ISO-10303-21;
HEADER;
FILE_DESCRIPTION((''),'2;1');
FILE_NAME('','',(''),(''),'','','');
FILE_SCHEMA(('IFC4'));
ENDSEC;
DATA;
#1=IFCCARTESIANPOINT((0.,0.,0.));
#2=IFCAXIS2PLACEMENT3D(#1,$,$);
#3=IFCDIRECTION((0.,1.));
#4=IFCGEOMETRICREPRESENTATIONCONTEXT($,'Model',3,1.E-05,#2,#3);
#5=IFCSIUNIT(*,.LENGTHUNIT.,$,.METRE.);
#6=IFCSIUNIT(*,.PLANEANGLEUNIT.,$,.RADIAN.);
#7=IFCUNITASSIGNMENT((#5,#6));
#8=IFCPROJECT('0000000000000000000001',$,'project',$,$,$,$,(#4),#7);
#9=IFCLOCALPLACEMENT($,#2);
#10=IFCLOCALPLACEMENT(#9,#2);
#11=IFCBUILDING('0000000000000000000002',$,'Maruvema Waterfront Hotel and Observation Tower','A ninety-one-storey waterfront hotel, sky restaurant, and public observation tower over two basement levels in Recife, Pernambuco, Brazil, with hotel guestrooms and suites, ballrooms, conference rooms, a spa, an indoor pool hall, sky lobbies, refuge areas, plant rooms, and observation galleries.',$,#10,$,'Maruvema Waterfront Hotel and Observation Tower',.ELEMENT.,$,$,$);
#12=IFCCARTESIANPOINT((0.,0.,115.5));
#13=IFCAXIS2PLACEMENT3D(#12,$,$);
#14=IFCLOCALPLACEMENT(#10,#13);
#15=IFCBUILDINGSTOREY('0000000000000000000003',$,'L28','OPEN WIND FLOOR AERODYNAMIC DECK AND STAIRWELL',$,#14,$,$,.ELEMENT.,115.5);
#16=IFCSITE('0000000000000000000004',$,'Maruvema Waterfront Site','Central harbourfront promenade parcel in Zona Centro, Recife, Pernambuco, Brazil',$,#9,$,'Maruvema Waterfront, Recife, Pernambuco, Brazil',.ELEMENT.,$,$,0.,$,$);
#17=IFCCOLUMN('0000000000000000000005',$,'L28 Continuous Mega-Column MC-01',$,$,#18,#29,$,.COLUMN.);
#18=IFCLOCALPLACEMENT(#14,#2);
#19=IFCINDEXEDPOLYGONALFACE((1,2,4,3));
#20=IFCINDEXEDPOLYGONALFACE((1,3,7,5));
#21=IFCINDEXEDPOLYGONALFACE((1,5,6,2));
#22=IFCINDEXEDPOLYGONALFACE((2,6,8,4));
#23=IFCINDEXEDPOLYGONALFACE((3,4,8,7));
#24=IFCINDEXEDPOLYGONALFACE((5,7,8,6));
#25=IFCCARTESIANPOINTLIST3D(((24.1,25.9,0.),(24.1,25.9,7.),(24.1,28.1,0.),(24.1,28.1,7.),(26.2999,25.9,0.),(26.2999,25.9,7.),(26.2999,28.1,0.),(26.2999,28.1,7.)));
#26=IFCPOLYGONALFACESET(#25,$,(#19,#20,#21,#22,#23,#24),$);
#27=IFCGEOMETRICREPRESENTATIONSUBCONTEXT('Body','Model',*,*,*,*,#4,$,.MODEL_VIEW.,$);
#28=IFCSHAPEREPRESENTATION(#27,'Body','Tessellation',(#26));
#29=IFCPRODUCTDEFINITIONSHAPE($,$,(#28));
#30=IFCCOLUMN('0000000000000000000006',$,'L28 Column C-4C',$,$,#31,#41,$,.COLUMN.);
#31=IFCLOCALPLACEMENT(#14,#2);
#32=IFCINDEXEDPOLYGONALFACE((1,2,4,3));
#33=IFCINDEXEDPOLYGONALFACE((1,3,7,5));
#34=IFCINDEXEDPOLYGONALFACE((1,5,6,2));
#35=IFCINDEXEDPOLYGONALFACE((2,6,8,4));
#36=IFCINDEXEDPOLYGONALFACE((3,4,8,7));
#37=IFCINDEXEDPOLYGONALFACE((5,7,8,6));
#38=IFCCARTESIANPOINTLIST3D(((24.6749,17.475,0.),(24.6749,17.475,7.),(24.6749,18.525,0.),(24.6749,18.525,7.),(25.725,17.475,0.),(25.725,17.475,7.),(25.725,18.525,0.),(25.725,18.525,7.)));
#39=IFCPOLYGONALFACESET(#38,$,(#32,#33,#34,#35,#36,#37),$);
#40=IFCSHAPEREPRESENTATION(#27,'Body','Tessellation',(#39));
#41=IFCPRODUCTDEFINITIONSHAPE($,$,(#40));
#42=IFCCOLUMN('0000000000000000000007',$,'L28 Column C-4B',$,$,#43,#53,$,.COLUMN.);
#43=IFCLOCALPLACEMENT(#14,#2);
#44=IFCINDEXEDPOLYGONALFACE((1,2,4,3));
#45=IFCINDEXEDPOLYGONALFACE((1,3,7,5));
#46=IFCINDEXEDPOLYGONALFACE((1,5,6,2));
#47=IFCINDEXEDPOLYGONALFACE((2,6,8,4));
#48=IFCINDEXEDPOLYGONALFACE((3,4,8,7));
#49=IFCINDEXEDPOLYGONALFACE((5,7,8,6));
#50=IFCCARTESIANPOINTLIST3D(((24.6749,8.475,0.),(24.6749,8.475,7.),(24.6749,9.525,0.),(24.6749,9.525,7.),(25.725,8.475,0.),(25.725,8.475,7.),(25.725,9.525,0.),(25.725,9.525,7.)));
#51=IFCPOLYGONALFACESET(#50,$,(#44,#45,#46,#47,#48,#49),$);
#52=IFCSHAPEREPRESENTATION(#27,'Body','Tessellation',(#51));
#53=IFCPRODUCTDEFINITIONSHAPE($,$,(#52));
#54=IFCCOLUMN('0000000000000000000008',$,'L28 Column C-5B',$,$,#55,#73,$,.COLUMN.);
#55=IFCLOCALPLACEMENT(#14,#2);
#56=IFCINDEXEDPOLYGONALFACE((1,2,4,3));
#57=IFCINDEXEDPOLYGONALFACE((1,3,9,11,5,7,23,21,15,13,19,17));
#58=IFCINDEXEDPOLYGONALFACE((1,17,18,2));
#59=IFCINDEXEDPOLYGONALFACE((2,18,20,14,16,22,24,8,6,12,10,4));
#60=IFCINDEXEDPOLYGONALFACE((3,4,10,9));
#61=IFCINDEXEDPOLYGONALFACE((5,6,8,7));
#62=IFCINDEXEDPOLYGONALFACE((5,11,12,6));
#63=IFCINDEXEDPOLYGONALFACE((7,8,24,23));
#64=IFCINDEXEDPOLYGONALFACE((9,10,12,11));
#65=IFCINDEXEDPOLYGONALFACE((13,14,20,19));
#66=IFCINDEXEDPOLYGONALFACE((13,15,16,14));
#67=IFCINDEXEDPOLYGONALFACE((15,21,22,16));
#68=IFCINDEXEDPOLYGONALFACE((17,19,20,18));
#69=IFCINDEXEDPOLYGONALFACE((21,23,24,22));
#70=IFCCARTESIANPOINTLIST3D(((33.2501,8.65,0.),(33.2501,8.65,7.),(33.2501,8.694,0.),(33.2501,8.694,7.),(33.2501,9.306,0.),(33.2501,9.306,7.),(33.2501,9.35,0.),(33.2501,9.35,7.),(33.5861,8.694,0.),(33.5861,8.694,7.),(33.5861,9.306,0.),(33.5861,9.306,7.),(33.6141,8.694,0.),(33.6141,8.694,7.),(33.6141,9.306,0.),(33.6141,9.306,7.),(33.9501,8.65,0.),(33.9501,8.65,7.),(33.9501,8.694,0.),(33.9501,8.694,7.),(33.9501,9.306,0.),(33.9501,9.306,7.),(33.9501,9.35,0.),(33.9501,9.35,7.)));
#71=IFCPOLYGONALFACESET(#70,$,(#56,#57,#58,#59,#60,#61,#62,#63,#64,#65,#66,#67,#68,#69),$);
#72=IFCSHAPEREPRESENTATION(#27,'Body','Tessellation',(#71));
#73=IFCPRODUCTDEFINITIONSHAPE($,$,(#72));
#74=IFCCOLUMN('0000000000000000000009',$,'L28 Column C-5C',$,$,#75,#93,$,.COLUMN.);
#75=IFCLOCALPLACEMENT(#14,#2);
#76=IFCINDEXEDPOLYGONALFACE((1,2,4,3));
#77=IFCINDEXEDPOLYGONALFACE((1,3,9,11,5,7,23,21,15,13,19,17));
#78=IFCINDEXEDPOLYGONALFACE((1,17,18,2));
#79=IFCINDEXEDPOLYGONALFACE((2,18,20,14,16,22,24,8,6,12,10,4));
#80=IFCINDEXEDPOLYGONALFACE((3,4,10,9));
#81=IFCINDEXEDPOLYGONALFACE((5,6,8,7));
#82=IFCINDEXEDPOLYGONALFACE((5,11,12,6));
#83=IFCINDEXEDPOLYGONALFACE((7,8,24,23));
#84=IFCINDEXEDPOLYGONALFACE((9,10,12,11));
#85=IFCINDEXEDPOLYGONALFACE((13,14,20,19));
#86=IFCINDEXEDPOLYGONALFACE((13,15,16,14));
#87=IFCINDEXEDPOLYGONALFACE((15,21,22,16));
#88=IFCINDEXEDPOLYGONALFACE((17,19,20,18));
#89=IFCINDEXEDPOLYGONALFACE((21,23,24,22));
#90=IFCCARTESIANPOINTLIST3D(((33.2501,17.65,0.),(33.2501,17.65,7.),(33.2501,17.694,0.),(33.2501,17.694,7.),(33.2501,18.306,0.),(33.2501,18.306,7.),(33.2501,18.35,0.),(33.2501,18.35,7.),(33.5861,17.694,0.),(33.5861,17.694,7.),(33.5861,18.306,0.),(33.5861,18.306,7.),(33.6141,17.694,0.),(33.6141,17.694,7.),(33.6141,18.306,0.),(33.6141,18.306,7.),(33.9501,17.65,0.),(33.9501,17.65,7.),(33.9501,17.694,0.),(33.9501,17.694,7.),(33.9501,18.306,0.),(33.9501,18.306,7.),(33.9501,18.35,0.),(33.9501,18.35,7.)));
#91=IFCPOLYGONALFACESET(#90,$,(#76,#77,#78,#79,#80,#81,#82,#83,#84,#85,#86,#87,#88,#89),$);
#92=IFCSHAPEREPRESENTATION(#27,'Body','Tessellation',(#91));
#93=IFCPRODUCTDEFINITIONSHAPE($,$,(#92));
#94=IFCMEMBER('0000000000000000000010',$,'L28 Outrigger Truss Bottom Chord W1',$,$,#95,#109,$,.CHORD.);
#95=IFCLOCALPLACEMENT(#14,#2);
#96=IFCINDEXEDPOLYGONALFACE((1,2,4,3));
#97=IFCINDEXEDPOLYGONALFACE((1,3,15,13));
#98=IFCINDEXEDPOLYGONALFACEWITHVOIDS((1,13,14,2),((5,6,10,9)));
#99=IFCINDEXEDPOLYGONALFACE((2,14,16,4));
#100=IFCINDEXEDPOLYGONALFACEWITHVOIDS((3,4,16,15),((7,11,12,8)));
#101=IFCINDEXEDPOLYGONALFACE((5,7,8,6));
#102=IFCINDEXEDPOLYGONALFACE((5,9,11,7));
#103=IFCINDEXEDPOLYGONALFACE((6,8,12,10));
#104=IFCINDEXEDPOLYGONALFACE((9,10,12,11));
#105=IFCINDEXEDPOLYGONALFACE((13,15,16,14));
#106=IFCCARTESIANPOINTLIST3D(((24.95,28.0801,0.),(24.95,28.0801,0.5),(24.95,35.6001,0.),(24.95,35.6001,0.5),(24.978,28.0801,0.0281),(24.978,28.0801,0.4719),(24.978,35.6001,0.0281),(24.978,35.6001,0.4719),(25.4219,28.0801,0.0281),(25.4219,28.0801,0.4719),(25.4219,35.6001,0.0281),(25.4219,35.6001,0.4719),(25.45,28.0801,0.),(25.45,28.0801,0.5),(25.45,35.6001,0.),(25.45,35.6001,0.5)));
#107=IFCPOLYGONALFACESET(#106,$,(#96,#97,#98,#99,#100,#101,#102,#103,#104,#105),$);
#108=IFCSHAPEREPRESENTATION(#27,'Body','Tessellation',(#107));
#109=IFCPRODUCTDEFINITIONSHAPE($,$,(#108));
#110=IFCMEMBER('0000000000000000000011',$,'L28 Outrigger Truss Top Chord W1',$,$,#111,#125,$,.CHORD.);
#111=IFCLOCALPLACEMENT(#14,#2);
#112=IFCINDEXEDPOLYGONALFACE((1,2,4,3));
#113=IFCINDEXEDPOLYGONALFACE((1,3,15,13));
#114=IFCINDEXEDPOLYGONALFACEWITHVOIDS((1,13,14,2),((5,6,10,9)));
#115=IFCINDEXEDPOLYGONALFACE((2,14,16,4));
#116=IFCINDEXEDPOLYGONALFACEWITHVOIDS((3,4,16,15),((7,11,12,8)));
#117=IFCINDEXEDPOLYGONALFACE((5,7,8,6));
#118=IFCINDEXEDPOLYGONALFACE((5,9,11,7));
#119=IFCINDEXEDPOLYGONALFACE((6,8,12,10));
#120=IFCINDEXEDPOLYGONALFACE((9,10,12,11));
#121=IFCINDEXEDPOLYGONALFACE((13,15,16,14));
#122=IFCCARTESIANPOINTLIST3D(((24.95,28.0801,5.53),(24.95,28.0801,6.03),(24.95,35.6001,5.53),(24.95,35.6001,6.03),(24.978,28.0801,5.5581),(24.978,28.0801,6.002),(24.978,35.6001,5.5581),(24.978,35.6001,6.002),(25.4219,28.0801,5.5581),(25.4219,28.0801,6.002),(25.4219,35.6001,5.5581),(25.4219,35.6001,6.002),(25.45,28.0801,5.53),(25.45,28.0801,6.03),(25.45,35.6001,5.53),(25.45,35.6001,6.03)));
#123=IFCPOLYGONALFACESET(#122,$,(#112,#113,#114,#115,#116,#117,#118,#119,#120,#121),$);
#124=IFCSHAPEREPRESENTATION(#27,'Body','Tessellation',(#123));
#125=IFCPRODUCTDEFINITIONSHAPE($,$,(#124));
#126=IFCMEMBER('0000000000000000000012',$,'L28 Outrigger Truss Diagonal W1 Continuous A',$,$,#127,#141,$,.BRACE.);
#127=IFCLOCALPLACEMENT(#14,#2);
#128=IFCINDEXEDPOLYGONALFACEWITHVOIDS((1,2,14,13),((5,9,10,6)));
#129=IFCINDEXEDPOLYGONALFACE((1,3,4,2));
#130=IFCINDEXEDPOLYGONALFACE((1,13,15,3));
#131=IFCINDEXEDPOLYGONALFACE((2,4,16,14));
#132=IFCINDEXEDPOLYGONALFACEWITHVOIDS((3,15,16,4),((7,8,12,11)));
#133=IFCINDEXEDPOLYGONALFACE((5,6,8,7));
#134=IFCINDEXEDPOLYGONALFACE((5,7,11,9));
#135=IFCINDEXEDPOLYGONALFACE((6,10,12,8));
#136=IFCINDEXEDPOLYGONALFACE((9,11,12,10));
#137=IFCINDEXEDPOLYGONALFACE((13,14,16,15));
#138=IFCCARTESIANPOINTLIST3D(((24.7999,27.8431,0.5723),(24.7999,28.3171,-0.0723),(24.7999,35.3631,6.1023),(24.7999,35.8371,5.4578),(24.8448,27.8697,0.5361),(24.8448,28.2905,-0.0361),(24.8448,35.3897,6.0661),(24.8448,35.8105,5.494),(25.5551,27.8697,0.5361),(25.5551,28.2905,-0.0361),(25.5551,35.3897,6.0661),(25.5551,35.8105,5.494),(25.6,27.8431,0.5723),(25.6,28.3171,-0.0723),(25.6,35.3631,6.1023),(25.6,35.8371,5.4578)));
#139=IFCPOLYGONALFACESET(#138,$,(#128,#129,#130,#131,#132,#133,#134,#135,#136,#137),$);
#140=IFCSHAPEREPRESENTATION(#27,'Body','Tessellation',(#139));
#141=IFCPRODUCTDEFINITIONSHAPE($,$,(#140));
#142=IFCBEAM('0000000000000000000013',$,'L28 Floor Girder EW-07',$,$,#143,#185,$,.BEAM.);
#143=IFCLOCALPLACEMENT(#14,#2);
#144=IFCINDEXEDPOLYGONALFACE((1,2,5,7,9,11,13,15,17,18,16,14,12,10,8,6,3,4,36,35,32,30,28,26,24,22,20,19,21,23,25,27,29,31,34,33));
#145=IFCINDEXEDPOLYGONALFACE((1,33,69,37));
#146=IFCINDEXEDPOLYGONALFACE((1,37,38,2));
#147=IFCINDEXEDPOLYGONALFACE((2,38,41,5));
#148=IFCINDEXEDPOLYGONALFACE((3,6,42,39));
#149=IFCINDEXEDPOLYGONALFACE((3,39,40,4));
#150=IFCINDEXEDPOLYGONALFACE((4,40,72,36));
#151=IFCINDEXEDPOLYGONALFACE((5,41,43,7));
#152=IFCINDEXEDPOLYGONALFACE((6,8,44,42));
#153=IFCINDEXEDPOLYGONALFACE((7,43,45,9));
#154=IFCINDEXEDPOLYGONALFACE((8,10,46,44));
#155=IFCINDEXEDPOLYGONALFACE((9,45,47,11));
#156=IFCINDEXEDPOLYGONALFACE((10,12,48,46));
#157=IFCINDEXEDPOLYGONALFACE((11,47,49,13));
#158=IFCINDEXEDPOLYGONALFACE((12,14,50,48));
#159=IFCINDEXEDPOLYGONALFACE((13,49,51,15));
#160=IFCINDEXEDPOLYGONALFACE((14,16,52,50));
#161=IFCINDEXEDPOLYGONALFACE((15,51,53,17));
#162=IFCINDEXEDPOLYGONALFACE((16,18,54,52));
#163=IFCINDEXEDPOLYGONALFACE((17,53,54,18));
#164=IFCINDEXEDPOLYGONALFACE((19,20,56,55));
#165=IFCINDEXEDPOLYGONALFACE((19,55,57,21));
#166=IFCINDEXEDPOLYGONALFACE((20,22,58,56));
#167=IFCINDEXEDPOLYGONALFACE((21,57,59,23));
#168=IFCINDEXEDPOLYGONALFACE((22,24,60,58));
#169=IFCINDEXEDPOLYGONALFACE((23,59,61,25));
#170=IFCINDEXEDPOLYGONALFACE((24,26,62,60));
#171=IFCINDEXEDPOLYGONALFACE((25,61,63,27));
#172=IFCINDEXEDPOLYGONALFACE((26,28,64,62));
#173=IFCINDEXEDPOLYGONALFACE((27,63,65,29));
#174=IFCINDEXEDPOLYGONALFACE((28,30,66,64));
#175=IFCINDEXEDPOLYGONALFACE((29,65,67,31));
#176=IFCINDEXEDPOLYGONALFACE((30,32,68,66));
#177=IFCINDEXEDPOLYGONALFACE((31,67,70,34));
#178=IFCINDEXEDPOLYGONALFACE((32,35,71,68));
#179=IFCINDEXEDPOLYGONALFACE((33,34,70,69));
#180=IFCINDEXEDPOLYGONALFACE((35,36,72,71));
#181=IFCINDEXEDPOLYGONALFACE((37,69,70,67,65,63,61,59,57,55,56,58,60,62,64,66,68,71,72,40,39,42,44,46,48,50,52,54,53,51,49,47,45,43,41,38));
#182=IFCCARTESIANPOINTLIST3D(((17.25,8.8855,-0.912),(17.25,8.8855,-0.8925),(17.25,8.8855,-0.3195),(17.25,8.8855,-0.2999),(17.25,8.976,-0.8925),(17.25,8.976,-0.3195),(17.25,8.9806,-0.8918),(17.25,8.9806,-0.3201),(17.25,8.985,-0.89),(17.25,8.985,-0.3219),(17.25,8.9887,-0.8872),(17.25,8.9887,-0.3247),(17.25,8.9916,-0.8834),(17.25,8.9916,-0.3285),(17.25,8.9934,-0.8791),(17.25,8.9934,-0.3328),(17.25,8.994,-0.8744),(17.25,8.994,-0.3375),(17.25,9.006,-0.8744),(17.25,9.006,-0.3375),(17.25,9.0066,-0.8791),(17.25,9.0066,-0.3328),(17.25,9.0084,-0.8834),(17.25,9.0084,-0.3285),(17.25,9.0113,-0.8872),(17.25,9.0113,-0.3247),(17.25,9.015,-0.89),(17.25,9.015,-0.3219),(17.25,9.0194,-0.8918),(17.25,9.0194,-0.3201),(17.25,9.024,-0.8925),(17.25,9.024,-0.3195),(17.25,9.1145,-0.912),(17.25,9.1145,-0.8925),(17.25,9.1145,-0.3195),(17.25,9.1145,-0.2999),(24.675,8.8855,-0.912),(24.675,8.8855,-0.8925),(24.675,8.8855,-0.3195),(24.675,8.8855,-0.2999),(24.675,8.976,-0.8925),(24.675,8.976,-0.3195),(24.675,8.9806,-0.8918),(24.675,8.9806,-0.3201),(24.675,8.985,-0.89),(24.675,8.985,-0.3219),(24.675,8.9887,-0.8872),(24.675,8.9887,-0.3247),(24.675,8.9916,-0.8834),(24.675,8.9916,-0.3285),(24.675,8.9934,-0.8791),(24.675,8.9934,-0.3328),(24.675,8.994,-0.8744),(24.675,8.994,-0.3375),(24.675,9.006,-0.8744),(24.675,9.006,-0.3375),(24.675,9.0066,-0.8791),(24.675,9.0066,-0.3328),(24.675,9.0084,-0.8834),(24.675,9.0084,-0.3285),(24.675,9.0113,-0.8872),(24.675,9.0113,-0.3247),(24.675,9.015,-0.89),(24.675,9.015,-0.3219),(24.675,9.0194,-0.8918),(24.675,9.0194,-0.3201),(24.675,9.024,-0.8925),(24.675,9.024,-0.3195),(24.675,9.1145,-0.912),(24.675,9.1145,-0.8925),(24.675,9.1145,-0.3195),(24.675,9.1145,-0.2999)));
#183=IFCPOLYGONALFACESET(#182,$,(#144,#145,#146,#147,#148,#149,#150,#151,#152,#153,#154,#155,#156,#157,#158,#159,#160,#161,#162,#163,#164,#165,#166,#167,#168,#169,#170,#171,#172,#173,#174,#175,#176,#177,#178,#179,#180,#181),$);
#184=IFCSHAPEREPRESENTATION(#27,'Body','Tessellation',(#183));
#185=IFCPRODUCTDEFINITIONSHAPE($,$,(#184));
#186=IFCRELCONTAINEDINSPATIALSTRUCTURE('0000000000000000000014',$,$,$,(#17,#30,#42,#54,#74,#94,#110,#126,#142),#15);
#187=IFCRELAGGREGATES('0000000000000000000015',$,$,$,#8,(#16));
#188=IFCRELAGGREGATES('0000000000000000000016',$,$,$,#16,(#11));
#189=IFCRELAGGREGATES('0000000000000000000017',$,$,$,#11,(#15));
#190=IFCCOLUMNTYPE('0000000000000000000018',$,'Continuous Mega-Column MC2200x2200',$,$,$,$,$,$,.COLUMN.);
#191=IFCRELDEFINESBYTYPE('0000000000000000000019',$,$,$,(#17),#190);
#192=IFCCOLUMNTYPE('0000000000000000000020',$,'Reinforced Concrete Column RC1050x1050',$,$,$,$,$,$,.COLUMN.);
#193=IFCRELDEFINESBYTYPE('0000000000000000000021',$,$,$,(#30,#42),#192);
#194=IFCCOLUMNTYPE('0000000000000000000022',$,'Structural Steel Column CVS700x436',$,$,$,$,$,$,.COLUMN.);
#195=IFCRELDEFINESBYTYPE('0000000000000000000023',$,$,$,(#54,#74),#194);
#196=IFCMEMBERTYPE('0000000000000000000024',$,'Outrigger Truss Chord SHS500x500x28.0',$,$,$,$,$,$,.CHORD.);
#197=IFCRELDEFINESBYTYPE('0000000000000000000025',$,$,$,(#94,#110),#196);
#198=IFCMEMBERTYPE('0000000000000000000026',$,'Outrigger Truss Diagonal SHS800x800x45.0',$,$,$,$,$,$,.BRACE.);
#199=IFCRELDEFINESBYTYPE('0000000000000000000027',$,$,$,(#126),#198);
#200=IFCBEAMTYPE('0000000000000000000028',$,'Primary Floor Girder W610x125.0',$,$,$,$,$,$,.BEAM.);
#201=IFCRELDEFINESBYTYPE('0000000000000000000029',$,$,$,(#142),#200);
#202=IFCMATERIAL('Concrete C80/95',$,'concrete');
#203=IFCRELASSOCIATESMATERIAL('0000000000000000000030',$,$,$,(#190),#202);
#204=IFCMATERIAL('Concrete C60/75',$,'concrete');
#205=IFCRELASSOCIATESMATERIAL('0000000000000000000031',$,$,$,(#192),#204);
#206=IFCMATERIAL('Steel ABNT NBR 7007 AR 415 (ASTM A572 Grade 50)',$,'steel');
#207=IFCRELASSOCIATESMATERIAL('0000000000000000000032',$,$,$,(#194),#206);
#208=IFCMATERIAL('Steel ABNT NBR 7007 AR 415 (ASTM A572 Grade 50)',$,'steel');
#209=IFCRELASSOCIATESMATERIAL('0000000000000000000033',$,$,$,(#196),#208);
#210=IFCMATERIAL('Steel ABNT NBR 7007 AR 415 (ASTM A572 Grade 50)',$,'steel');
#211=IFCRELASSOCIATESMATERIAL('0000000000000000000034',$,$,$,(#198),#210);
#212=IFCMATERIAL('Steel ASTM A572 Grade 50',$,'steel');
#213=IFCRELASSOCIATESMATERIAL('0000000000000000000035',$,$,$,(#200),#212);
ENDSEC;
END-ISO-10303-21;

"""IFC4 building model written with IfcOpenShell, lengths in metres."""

from ifc_helpers import new_model, si_unit, direction, frame, origin, origin_2d, place, context, subcontext, project, spatial, rectangle, hollow_rectangle, i_section, extrude, material, material_profile, profile_set, type_object, element, save


model = new_model("IFC4")

# Units and contexts
model_context = context("Model", 3, precision=1e-05, world=origin(), true_north=direction((0.0, 1.0)))
body_context = subcontext(model_context, "Body", "Model", "MODEL_VIEW")
ifc_project = project(units=[si_unit("LENGTHUNIT", "METRE"), si_unit("PLANEANGLEUNIT", "RADIAN")], contexts=[model_context])

# Site, building, storey
site_placement = place(None, origin())
site = spatial("IfcSite", under=ifc_project, at=site_placement, Name="Maruvema Waterfront Site", Description="Central harbourfront promenade parcel in Zona Centro, Recife, Pernambuco, Brazil", LongName="Maruvema Waterfront, Recife, Pernambuco, Brazil", CompositionType="ELEMENT", RefElevation=0.0)
building_placement = place(site_placement, origin())
building = spatial("IfcBuilding", under=site, at=building_placement, Name="Maruvema Waterfront Hotel and Observation Tower", Description="A ninety-one-storey waterfront hotel, sky restaurant, and public observation tower over two basement levels in Recife, Pernambuco, Brazil, with hotel guestrooms and suites, ballrooms, conference rooms, a spa, an indoor pool hall, sky lobbies, refuge areas, plant rooms, and observation galleries.", LongName="Maruvema Waterfront Hotel and Observation Tower", CompositionType="ELEMENT")
storey_placement = place(building_placement, frame((0.0, 0.0, 115.5)))
storey = spatial("IfcBuildingStorey", under=building, at=storey_placement, Name="L28", Description="OPEN WIND FLOOR AERODYNAMIC DECK AND STAIRWELL", CompositionType="ELEMENT", Elevation=115.5)

# Columns
ifc_material_1 = material(Name="Concrete C80/95", Category="concrete")
ifc_material_profile_1 = material_profile(ifc_material_1, rectangle(XDim=2.2, YDim=2.2, at=origin_2d()), Name="MC2200x2200")
ifc_profile_set_1 = profile_set([ifc_material_profile_1], Name="Concrete C80/95")
column_type_1 = type_object("IfcColumnType", Name="Continuous Mega-Column MC2200x2200", PredefinedType="COLUMN", material=ifc_profile_set_1)
column_placement = place(storey_placement, frame((25.2, 27.0, 0.0), z_axis=(0.0, 0.0, 1.0), x_axis=(1.0, 0.0, 0.0)))
element("IfcColumn", 1, at=column_placement, inside=storey, type_object=column_type_1, Name="L28 Continuous Mega-Column MC-01", PredefinedType="COLUMN", context=body_context, shape_type="SweptSolid", body=[
    extrude(rectangle(XDim=2.2, YDim=2.2, at=origin_2d()), origin(), (0.0, 0.0, 1.0), 7.0),
])
ifc_material_2 = material(Name="Concrete C60/75", Category="concrete")
ifc_material_profile_2 = material_profile(ifc_material_2, rectangle(XDim=1.05, YDim=1.05, at=origin_2d()), Name="RC1050x1050")
ifc_profile_set_2 = profile_set([ifc_material_profile_2], Name="Concrete C60/75")
column_type_2 = type_object("IfcColumnType", Name="Reinforced Concrete Column RC1050x1050", PredefinedType="COLUMN", material=ifc_profile_set_2)
for number, where, z_axis, x_axis, name in (
    (2, (25.2, 18.0, 0.0), (0.0, 0.0, 1.0), (1.0, 0.0, 0.0), "L28 Column C-4C"),
    (3, (25.2, 9.0, 0.0), (0.0, 0.0, 1.0), (1.0, 0.0, 0.0), "L28 Column C-4B"),
):
    element("IfcColumn", number, at=place(storey_placement, frame(where, z_axis=z_axis, x_axis=x_axis)), inside=storey, type_object=column_type_2, Name=name, PredefinedType="COLUMN", context=body_context, shape_type="SweptSolid", body=[
        extrude(rectangle(XDim=1.05, YDim=1.05, at=origin_2d()), origin(), (0.0, 0.0, 1.0), 7.0),
    ])
ifc_material_3 = material(Name="Steel ABNT NBR 7007 AR 415 (ASTM A572 Grade 50)", Category="steel")
ifc_material_profile_3 = material_profile(ifc_material_3, i_section(OverallWidth=0.7, OverallDepth=0.7, WebThickness=0.0281, FlangeThickness=0.0439, at=origin_2d()), Name="CVS700x436")
ifc_profile_set_3 = profile_set([ifc_material_profile_3], Name="Steel ABNT NBR 7007 AR 415 (ASTM A572 Grade 50)")
column_type_3 = type_object("IfcColumnType", Name="Structural Steel Column CVS700x436", PredefinedType="COLUMN", material=ifc_profile_set_3)
for number, where, z_axis, x_axis, name in (
    (4, (33.6001, 9.0, 0.0), (0.0, 0.0, 1.0), (1.0, 0.0, 0.0), "L28 Column C-5B"),
    (5, (33.6001, 18.0, 0.0), (0.0, 0.0, 1.0), (1.0, 0.0, 0.0), "L28 Column C-5C"),
):
    element("IfcColumn", number, at=place(storey_placement, frame(where, z_axis=z_axis, x_axis=x_axis)), inside=storey, type_object=column_type_3, Name=name, PredefinedType="COLUMN", context=body_context, shape_type="SweptSolid", body=[
        extrude(i_section(OverallWidth=0.7, OverallDepth=0.7, WebThickness=0.0281, FlangeThickness=0.0439, at=origin_2d()), origin(), (0.0, 0.0, 1.0), 7.0),
    ])

# Members
ifc_material_4 = material(Name="Steel ABNT NBR 7007 AR 415 (ASTM A572 Grade 50)", Category="steel")
ifc_material_profile_4 = material_profile(ifc_material_4, hollow_rectangle(XDim=0.5, YDim=0.5, WallThickness=0.0281, at=origin_2d()), Name="SHS500x500x28.0")
ifc_profile_set_4 = profile_set([ifc_material_profile_4], Name="Steel ABNT NBR 7007 AR 415 (ASTM A572 Grade 50)")
member_type_1 = type_object("IfcMemberType", Name="Outrigger Truss Chord SHS500x500x28.0", PredefinedType="CHORD", material=ifc_profile_set_4)
for number, where, z_axis, x_axis, name in (
    (6, (25.2, 28.0801, 0.25), (0.0, 1.0, 0.0), (-1.0, 0.0, 0.0), "L28 Outrigger Truss Bottom Chord W1"),
    (7, (25.2, 28.0801, 5.78), (0.0, 1.0, 0.0), (-1.0, 0.0, 0.0), "L28 Outrigger Truss Top Chord W1"),
):
    element("IfcMember", number, at=place(storey_placement, frame(where, z_axis=z_axis, x_axis=x_axis)), inside=storey, type_object=member_type_1, Name=name, PredefinedType="CHORD", context=body_context, shape_type="SweptSolid", body=[
        extrude(hollow_rectangle(XDim=0.5, YDim=0.5, WallThickness=0.0281, at=origin_2d()), origin(), (0.0, 0.0, 1.0), 7.52),
    ])
ifc_material_5 = material(Name="Steel ABNT NBR 7007 AR 415 (ASTM A572 Grade 50)", Category="steel")
ifc_material_profile_5 = material_profile(ifc_material_5, hollow_rectangle(XDim=0.8, YDim=0.8, WallThickness=0.0449, at=origin_2d()), Name="SHS800x800x45.0")
ifc_profile_set_5 = profile_set([ifc_material_profile_5], Name="Steel ABNT NBR 7007 AR 415 (ASTM A572 Grade 50)")
member_type_2 = type_object("IfcMemberType", Name="Outrigger Truss Diagonal SHS800x800x45.0", PredefinedType="BRACE", material=ifc_profile_set_5)
member_placement = place(storey_placement, frame((25.2, 28.0801, 0.25), z_axis=(0.0, 0.80562, 0.592432), x_axis=(-1.0, 0.0, 0.0)))
element("IfcMember", 8, at=member_placement, inside=storey, type_object=member_type_2, Name="L28 Outrigger Truss Diagonal W1 Continuous A", PredefinedType="BRACE", context=body_context, shape_type="SweptSolid", body=[
    extrude(hollow_rectangle(XDim=0.8, YDim=0.8, WallThickness=0.0449, at=origin_2d()), origin(), (0.0, 0.0, 1.0), 9.3345),
])

# Beam
ifc_material_6 = material(Name="Steel ASTM A572 Grade 50", Category="steel")
ifc_material_profile_6 = material_profile(ifc_material_6, i_section(OverallWidth=0.229, OverallDepth=0.6121, WebThickness=0.012, FlangeThickness=0.0195, FilletRadius=0.0181, at=origin_2d()), Name="W610x125.0")
ifc_profile_set_6 = profile_set([ifc_material_profile_6], Name="Steel ASTM A572 Grade 50")
beam_type_1 = type_object("IfcBeamType", Name="Primary Floor Girder W610x125.0", PredefinedType="BEAM", material=ifc_profile_set_6)
beam_1_placement = place(storey_placement, frame((17.25, 9.0, -0.606), z_axis=(1.0, 0.0, 0.0), x_axis=(0.0, 1.0, 0.0)))
element("IfcBeam", 9, at=beam_1_placement, inside=storey, type_object=beam_type_1, Name="L28 Floor Girder EW-07", PredefinedType="BEAM", context=body_context, shape_type="SweptSolid", body=[
    extrude(i_section(OverallWidth=0.229, OverallDepth=0.6121, WebThickness=0.012, FlangeThickness=0.0195, FilletRadius=0.0181, at=origin_2d()), origin(), (0.0, 0.0, 1.0), 7.425),
])

save(model, "model.ifc")
